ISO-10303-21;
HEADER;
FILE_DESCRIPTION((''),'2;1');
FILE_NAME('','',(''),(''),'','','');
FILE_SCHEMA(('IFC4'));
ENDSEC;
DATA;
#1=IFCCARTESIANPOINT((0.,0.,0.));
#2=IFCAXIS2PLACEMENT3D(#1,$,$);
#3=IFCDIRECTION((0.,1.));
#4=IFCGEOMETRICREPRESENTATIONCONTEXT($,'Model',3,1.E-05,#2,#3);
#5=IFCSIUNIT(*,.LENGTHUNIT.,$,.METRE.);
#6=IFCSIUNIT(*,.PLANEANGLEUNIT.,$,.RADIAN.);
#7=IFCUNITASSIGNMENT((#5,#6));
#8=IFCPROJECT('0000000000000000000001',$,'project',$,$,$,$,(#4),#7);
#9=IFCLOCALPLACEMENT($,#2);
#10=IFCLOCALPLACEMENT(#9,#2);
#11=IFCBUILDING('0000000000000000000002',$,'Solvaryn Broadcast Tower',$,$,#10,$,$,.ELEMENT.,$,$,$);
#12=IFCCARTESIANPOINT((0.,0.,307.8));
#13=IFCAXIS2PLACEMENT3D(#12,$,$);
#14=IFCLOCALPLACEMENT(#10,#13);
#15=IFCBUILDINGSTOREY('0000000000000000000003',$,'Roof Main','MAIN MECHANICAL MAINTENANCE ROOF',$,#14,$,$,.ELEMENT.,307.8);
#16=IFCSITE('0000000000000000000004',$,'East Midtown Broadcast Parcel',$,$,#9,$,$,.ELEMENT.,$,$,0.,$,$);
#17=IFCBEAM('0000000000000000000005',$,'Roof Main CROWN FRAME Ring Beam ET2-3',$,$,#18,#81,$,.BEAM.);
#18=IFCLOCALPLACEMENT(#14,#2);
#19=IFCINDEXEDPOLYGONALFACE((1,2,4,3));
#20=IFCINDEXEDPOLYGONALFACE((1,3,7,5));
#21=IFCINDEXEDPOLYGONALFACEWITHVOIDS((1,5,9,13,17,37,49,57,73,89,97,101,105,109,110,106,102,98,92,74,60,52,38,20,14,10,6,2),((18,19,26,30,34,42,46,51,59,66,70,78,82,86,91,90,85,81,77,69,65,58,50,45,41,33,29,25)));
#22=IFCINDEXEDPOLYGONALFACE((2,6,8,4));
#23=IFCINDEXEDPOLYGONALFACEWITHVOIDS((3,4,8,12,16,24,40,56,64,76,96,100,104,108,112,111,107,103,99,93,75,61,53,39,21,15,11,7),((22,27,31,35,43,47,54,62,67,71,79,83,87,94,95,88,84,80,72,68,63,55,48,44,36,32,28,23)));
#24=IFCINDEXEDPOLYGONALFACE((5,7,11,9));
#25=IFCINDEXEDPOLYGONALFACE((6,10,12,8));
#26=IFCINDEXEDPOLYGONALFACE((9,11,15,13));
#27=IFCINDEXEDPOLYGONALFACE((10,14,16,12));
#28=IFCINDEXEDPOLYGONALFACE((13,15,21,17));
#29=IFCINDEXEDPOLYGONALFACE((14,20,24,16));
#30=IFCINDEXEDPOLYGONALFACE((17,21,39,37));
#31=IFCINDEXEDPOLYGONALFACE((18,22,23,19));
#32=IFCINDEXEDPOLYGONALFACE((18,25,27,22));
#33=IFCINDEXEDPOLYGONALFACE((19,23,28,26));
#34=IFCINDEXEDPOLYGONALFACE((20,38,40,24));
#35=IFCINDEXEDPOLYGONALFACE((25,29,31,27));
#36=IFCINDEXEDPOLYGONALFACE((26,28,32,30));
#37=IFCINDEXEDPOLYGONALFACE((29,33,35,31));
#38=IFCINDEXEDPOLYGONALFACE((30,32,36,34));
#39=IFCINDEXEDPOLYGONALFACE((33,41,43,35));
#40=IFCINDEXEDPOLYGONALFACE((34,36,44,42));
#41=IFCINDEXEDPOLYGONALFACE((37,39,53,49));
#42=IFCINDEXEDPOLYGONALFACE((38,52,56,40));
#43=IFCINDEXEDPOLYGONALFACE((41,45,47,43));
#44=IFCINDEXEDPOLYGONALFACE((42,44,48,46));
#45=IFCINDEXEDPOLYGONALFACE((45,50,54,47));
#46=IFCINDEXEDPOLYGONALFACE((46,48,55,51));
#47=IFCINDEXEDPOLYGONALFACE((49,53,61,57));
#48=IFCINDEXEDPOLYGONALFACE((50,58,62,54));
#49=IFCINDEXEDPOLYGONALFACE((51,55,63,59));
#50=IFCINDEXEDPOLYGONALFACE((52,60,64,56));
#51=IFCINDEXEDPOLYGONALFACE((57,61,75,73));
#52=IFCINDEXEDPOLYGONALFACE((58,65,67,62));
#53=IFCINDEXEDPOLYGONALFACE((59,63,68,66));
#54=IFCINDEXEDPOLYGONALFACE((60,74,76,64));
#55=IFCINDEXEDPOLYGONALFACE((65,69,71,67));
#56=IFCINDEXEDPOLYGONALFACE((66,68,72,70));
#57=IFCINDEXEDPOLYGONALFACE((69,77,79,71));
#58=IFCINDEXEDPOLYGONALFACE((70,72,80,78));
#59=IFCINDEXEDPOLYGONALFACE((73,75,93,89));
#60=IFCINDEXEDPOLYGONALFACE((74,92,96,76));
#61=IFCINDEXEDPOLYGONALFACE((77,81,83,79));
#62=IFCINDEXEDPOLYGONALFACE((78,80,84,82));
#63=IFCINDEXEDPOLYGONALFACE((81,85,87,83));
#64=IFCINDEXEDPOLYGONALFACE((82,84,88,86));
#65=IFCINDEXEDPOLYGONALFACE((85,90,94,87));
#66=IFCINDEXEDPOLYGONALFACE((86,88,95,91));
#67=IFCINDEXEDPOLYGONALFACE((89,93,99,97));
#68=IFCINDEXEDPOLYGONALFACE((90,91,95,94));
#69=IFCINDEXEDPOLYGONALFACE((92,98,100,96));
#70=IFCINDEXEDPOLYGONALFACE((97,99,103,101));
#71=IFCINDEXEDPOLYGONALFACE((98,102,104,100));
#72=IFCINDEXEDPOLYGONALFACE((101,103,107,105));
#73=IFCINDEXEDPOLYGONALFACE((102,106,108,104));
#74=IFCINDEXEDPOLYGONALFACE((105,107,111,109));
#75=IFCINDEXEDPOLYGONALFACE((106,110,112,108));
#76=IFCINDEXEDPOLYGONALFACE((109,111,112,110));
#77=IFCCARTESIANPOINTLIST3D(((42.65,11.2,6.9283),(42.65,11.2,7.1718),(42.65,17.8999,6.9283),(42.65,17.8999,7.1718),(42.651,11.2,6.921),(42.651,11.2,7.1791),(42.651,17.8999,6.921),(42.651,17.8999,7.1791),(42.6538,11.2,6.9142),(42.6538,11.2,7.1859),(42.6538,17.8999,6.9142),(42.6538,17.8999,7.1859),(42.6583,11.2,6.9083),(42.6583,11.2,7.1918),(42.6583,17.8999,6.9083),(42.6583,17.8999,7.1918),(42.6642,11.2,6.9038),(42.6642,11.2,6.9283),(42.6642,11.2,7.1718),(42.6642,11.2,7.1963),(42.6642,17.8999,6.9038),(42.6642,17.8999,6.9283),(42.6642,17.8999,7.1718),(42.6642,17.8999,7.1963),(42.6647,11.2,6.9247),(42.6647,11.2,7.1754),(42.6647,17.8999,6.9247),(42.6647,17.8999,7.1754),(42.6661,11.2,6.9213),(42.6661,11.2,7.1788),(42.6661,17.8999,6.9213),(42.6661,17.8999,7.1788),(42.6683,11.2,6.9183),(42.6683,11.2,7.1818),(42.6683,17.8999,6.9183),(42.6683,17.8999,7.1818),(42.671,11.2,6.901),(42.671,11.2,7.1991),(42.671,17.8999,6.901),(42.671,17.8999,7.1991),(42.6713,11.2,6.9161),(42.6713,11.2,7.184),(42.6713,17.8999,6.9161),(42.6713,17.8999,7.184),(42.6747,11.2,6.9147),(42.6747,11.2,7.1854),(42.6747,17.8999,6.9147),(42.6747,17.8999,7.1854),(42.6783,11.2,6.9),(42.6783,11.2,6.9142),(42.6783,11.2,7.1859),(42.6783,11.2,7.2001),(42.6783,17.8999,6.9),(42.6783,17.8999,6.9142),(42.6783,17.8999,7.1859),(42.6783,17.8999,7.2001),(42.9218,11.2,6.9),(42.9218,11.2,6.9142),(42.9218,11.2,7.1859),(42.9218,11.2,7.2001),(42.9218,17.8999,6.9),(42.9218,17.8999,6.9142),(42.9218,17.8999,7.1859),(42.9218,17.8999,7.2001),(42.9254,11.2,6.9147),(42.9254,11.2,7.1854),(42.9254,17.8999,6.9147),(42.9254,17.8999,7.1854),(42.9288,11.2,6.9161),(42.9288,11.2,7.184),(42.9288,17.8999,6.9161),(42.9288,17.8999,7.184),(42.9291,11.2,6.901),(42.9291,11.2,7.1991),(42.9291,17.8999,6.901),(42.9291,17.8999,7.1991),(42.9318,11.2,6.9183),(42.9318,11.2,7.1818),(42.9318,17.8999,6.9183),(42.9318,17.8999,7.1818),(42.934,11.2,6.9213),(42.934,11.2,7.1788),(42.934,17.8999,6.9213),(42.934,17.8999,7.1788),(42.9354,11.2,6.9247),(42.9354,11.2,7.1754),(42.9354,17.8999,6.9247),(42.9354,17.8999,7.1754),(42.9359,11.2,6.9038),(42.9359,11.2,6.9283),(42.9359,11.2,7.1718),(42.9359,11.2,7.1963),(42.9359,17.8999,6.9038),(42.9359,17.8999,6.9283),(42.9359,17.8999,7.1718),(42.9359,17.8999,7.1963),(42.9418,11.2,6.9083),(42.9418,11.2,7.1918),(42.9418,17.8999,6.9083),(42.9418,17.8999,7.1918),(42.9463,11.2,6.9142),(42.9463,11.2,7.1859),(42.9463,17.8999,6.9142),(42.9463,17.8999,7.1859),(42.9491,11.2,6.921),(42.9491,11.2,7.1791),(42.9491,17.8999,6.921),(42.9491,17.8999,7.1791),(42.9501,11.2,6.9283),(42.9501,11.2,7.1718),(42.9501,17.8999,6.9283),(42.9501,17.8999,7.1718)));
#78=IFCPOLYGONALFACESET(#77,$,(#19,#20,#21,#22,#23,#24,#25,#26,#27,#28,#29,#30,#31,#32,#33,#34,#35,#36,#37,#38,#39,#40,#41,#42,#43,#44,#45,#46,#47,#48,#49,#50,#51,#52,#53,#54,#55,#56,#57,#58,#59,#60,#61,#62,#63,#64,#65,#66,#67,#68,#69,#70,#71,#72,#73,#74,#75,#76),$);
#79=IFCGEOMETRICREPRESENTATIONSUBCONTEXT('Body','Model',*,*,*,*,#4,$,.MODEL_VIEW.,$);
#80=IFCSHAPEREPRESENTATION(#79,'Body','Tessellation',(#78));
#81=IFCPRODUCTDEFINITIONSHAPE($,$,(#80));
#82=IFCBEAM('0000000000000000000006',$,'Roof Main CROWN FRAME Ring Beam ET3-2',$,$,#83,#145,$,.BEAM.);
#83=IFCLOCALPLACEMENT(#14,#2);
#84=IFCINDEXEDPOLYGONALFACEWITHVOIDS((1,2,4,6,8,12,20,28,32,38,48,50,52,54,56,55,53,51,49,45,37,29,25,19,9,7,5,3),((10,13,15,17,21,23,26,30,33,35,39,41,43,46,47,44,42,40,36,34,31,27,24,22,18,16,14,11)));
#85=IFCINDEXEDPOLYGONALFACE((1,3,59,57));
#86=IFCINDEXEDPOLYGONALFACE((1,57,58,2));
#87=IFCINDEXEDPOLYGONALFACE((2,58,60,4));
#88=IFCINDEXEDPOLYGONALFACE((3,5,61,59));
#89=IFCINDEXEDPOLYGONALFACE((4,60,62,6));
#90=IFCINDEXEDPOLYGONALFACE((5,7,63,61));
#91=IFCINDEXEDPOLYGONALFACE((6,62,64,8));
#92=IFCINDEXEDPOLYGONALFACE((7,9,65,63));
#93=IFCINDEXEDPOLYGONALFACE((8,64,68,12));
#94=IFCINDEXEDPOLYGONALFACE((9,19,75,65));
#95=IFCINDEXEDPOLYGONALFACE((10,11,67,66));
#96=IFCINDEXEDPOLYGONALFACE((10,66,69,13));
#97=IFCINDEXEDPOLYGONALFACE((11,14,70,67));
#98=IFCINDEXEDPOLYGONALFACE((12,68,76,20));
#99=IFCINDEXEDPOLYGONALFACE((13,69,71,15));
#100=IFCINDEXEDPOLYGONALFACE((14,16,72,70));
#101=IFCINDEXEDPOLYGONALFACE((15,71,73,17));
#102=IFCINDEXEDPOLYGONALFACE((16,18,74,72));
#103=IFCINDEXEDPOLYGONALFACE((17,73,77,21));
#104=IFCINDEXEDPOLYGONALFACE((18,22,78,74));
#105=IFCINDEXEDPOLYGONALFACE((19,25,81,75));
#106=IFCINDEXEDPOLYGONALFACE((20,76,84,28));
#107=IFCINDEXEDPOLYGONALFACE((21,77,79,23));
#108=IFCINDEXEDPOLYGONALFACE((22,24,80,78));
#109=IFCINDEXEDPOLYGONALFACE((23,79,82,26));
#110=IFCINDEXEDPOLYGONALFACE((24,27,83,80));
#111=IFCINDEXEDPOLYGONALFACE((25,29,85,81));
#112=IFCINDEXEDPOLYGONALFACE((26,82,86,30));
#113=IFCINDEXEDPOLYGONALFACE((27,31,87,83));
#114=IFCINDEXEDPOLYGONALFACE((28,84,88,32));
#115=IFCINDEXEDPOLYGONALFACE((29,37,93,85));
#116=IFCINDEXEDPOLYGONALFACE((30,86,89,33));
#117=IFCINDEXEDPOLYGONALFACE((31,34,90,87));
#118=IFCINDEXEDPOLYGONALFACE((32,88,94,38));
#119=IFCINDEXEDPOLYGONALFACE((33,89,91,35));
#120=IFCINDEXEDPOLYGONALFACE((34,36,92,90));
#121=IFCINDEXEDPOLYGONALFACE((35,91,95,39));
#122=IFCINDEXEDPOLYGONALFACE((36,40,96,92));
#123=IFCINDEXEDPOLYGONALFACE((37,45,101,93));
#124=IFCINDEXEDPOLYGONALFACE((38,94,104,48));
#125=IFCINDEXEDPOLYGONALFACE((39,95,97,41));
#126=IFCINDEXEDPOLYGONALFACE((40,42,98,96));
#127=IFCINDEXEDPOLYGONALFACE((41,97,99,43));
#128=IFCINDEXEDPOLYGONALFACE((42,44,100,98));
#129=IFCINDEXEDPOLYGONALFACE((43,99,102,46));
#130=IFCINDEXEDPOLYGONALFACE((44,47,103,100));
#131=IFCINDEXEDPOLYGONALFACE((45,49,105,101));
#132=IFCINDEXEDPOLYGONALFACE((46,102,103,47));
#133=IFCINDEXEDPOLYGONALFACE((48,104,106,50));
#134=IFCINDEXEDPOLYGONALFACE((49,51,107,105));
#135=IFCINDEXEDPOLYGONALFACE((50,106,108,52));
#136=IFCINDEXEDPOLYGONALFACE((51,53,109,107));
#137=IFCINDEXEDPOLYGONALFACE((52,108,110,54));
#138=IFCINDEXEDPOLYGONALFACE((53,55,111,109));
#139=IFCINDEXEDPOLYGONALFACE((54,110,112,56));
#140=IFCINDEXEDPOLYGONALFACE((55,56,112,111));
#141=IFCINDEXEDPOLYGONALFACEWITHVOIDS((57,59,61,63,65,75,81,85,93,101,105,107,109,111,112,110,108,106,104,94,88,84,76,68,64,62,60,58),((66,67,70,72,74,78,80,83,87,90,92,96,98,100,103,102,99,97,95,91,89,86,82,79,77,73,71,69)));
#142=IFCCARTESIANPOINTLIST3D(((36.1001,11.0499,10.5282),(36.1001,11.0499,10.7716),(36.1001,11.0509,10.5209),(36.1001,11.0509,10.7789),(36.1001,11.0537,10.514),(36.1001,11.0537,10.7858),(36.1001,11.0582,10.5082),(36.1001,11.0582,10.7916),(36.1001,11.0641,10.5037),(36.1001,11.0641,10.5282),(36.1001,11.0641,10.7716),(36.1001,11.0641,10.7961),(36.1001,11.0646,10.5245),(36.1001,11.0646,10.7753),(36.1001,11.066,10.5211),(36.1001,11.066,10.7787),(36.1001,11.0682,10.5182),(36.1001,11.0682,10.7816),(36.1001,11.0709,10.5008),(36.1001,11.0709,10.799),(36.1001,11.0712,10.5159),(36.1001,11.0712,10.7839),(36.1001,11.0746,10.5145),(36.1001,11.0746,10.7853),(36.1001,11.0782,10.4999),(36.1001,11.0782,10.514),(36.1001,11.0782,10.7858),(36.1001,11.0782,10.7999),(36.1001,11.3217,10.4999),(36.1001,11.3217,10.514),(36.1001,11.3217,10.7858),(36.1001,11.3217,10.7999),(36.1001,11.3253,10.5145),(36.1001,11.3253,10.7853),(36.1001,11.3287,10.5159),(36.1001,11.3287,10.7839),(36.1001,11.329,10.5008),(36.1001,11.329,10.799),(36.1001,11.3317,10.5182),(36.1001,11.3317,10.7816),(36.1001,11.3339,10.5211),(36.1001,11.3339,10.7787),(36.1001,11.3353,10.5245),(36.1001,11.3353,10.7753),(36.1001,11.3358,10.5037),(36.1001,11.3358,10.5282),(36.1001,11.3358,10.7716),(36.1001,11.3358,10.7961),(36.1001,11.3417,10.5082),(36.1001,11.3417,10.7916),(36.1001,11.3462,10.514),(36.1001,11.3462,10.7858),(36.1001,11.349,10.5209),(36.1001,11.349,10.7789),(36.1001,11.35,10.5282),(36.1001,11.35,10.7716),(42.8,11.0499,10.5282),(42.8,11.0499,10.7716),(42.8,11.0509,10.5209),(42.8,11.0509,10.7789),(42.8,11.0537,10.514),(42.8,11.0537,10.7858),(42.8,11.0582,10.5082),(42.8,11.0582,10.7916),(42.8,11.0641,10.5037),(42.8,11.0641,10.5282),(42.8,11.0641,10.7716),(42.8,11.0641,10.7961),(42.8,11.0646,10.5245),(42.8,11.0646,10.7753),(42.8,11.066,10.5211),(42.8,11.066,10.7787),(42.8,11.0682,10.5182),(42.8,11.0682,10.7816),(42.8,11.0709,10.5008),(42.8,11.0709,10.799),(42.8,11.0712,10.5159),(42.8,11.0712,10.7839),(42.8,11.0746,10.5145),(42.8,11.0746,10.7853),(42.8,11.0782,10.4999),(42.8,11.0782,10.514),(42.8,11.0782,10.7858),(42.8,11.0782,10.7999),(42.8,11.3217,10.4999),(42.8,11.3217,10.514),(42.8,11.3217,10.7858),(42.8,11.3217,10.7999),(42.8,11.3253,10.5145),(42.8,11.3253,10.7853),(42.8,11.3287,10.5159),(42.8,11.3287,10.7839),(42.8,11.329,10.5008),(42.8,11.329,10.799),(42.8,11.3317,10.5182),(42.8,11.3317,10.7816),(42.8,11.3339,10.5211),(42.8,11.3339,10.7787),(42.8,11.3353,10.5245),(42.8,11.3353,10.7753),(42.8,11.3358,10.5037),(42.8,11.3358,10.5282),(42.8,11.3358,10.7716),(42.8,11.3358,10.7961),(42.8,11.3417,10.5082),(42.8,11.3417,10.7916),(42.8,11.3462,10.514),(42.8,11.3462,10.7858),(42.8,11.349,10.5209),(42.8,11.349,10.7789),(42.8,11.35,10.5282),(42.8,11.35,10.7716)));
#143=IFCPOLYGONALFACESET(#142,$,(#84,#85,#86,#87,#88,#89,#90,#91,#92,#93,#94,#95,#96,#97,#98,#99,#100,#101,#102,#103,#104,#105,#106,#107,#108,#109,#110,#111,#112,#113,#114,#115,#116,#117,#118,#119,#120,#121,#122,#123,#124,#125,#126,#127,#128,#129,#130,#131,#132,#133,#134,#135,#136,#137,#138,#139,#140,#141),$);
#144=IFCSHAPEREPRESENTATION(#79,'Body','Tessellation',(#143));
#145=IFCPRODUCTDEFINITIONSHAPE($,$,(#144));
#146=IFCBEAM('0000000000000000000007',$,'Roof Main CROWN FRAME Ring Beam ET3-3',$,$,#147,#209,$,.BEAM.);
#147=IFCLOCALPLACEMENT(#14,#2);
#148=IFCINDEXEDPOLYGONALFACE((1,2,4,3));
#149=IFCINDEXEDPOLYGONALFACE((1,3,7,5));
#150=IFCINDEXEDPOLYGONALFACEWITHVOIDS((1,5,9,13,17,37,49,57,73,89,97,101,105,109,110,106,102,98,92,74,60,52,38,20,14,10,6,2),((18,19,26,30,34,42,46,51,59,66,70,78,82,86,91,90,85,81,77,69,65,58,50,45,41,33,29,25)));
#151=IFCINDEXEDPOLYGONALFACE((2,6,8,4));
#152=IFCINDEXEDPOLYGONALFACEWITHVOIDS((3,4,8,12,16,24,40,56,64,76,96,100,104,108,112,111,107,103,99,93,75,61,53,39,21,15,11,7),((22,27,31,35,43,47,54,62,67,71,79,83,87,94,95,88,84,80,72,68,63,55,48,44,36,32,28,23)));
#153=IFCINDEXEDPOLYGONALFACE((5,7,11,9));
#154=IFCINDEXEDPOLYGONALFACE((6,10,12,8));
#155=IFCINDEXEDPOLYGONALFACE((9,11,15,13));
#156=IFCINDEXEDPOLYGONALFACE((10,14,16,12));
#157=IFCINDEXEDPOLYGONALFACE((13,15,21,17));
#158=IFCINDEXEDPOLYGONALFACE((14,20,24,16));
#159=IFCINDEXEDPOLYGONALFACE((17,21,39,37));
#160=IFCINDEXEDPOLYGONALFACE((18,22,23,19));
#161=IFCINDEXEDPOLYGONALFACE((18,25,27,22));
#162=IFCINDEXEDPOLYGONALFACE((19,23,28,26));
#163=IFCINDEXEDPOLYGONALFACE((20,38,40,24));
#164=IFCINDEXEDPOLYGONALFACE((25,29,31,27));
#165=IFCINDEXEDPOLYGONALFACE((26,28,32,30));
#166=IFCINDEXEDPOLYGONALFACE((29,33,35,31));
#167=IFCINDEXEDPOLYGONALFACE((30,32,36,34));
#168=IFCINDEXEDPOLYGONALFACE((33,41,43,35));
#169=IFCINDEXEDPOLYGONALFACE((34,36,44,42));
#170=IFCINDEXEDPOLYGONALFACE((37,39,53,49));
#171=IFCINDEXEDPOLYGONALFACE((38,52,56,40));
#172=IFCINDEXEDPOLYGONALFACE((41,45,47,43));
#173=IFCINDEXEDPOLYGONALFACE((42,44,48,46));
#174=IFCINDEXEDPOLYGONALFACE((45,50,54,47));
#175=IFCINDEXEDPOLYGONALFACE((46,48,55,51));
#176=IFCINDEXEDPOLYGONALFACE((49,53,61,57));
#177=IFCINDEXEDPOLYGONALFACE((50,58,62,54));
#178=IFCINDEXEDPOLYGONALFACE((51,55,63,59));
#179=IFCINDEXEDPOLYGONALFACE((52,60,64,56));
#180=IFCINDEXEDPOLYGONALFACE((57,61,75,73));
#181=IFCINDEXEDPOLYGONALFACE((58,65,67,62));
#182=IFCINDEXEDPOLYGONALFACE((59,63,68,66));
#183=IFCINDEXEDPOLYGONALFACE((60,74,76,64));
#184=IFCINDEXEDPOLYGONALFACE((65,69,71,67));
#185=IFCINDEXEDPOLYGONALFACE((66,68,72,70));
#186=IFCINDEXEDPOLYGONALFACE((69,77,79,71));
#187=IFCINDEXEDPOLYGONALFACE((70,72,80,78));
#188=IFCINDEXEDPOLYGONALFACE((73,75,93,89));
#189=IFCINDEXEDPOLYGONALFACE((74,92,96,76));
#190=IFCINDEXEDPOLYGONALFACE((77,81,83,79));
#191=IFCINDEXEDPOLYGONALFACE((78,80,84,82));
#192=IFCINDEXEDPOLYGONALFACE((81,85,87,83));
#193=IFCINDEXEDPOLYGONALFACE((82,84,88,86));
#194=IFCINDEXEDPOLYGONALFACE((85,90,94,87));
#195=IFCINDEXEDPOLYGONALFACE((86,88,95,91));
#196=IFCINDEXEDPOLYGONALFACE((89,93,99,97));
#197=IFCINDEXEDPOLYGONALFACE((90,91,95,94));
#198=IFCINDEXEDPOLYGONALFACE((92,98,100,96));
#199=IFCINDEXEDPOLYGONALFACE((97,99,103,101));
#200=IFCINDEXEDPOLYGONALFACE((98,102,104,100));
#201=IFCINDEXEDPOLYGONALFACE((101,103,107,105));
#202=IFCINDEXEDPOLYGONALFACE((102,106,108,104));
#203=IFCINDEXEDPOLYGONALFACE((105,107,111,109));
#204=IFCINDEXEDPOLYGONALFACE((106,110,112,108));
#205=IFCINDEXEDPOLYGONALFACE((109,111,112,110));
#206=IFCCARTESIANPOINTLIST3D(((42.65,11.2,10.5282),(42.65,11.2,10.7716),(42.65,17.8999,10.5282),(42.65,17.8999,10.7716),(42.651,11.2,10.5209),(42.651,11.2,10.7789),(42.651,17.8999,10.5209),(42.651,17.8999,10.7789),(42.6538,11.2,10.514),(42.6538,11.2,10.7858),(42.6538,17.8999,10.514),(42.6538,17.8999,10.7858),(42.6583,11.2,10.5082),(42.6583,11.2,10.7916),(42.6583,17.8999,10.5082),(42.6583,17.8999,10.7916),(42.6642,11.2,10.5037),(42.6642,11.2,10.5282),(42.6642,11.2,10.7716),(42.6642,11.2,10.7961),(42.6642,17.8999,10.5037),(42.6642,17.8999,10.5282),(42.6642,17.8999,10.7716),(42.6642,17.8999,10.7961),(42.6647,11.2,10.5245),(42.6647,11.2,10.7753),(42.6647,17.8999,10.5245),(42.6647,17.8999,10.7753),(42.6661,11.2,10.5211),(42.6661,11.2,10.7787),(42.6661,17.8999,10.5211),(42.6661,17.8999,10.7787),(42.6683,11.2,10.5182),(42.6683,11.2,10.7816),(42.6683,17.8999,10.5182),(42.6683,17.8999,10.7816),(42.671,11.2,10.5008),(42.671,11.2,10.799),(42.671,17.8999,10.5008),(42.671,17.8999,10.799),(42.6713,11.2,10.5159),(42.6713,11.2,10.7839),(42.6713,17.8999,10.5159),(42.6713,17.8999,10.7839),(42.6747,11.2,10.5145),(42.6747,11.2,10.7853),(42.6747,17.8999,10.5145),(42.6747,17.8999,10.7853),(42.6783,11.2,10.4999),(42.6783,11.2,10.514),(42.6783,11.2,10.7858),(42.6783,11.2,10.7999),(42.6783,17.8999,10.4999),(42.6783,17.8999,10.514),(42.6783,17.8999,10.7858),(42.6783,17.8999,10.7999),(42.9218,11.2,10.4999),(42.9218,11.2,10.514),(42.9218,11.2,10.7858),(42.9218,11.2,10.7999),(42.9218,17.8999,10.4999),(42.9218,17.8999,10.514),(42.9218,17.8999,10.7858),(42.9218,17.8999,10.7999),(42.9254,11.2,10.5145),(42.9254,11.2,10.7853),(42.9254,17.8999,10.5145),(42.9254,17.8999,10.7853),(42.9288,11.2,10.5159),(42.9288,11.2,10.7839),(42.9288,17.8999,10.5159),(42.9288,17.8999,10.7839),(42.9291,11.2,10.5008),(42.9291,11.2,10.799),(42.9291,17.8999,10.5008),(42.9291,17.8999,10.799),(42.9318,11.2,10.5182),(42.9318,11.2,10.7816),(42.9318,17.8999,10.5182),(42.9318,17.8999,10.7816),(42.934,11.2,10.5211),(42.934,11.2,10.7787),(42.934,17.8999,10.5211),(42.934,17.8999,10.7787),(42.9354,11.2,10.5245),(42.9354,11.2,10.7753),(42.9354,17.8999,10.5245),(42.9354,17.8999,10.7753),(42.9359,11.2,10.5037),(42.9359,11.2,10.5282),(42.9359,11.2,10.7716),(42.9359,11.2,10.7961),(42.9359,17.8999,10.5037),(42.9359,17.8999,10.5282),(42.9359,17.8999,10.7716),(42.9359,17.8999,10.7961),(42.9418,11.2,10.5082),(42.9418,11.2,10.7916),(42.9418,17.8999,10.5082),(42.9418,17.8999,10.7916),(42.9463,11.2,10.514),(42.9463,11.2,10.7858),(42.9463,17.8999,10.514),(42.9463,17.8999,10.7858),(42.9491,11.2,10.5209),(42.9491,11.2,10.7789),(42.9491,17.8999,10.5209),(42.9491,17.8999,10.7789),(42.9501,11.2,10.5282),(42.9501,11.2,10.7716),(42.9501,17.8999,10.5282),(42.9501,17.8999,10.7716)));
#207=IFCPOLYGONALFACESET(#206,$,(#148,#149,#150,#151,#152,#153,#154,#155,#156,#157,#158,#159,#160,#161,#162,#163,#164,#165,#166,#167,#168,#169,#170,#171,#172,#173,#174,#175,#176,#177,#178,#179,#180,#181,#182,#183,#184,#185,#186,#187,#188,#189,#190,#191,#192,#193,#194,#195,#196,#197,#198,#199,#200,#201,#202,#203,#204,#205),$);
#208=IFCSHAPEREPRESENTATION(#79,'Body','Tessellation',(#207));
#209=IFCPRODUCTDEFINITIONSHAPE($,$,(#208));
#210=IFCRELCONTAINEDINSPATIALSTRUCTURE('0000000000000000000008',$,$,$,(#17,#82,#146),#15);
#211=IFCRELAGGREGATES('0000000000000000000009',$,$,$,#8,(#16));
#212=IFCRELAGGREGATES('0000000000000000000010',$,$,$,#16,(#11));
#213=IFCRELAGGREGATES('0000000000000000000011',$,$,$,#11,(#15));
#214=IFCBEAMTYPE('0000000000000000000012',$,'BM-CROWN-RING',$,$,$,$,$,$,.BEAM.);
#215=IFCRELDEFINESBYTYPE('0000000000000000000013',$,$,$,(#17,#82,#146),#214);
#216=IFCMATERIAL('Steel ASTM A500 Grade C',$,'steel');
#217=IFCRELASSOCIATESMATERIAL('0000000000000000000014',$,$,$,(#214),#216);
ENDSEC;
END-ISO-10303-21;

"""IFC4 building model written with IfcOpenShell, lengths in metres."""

from ifc_helpers import new_model, si_unit, direction, frame, origin, origin_2d, place, context, subcontext, project, spatial, hollow_rectangle, extrude, material, material_profile, profile_set, type_object, element, save


model = new_model("IFC4")

# Units and contexts
model_context = context("Model", 3, precision=1e-05, world=origin(), true_north=direction((0.0, 1.0)))
body_context = subcontext(model_context, "Body", "Model", "MODEL_VIEW")
ifc_project = project(units=[si_unit("LENGTHUNIT", "METRE"), si_unit("PLANEANGLEUNIT", "RADIAN")], contexts=[model_context])

# Site, building, storey
site_placement = place(None, origin())
site = spatial("IfcSite", under=ifc_project, at=site_placement, Name="East Midtown Broadcast Parcel", CompositionType="ELEMENT", RefElevation=0.0)
building_placement = place(site_placement, origin())
building = spatial("IfcBuilding", under=site, at=building_placement, Name="Solvaryn Broadcast Tower", CompositionType="ELEMENT")
storey_placement = place(building_placement, frame((0.0, 0.0, 307.8)))
storey = spatial("IfcBuildingStorey", under=building, at=storey_placement, Name="Roof Main", Description="MAIN MECHANICAL MAINTENANCE ROOF", CompositionType="ELEMENT", Elevation=307.8)

# Beams
ifc_material_1 = material(Name="Steel ASTM A500 Grade C", Category="steel")
ifc_material_profile_1 = material_profile(ifc_material_1, hollow_rectangle(XDim=0.3, YDim=0.3, WallThickness=0.0142, InnerFilletRadius=0.0142, OuterFilletRadius=0.0283, at=origin_2d()))
ifc_profile_set_1 = profile_set([ifc_material_profile_1], Name="Steel ASTM A500 Grade C")
beam_type_1 = type_object("IfcBeamType", Name="BM-CROWN-RING", PredefinedType="BEAM", material=ifc_profile_set_1)
for number, where, z_axis, x_axis, name in (
    (1, (42.8, 11.2, 7.05), (0.0, 1.0, 0.0), (-1.0, 0.0, 0.0), "Roof Main CROWN FRAME Ring Beam ET2-3"),
    (2, (36.1001, 11.2, 10.6499), (1.0, 0.0, 0.0), (0.0, 1.0, 0.0), "Roof Main CROWN FRAME Ring Beam ET3-2"),
    (3, (42.8, 11.2, 10.6499), (0.0, 1.0, 0.0), (-1.0, 0.0, 0.0), "Roof Main CROWN FRAME Ring Beam ET3-3"),
):
    element("IfcBeam", number, at=place(storey_placement, frame(where, z_axis=z_axis, x_axis=x_axis)), inside=storey, type_object=beam_type_1, Name=name, PredefinedType="BEAM", context=body_context, shape_type="SweptSolid", body=[
        extrude(hollow_rectangle(XDim=0.3, YDim=0.3, WallThickness=0.0142, InnerFilletRadius=0.0142, OuterFilletRadius=0.0283, at=origin_2d()), origin(), (0.0, 0.0, 1.0), 6.7),
    ])

save(model, "model.ifc")
